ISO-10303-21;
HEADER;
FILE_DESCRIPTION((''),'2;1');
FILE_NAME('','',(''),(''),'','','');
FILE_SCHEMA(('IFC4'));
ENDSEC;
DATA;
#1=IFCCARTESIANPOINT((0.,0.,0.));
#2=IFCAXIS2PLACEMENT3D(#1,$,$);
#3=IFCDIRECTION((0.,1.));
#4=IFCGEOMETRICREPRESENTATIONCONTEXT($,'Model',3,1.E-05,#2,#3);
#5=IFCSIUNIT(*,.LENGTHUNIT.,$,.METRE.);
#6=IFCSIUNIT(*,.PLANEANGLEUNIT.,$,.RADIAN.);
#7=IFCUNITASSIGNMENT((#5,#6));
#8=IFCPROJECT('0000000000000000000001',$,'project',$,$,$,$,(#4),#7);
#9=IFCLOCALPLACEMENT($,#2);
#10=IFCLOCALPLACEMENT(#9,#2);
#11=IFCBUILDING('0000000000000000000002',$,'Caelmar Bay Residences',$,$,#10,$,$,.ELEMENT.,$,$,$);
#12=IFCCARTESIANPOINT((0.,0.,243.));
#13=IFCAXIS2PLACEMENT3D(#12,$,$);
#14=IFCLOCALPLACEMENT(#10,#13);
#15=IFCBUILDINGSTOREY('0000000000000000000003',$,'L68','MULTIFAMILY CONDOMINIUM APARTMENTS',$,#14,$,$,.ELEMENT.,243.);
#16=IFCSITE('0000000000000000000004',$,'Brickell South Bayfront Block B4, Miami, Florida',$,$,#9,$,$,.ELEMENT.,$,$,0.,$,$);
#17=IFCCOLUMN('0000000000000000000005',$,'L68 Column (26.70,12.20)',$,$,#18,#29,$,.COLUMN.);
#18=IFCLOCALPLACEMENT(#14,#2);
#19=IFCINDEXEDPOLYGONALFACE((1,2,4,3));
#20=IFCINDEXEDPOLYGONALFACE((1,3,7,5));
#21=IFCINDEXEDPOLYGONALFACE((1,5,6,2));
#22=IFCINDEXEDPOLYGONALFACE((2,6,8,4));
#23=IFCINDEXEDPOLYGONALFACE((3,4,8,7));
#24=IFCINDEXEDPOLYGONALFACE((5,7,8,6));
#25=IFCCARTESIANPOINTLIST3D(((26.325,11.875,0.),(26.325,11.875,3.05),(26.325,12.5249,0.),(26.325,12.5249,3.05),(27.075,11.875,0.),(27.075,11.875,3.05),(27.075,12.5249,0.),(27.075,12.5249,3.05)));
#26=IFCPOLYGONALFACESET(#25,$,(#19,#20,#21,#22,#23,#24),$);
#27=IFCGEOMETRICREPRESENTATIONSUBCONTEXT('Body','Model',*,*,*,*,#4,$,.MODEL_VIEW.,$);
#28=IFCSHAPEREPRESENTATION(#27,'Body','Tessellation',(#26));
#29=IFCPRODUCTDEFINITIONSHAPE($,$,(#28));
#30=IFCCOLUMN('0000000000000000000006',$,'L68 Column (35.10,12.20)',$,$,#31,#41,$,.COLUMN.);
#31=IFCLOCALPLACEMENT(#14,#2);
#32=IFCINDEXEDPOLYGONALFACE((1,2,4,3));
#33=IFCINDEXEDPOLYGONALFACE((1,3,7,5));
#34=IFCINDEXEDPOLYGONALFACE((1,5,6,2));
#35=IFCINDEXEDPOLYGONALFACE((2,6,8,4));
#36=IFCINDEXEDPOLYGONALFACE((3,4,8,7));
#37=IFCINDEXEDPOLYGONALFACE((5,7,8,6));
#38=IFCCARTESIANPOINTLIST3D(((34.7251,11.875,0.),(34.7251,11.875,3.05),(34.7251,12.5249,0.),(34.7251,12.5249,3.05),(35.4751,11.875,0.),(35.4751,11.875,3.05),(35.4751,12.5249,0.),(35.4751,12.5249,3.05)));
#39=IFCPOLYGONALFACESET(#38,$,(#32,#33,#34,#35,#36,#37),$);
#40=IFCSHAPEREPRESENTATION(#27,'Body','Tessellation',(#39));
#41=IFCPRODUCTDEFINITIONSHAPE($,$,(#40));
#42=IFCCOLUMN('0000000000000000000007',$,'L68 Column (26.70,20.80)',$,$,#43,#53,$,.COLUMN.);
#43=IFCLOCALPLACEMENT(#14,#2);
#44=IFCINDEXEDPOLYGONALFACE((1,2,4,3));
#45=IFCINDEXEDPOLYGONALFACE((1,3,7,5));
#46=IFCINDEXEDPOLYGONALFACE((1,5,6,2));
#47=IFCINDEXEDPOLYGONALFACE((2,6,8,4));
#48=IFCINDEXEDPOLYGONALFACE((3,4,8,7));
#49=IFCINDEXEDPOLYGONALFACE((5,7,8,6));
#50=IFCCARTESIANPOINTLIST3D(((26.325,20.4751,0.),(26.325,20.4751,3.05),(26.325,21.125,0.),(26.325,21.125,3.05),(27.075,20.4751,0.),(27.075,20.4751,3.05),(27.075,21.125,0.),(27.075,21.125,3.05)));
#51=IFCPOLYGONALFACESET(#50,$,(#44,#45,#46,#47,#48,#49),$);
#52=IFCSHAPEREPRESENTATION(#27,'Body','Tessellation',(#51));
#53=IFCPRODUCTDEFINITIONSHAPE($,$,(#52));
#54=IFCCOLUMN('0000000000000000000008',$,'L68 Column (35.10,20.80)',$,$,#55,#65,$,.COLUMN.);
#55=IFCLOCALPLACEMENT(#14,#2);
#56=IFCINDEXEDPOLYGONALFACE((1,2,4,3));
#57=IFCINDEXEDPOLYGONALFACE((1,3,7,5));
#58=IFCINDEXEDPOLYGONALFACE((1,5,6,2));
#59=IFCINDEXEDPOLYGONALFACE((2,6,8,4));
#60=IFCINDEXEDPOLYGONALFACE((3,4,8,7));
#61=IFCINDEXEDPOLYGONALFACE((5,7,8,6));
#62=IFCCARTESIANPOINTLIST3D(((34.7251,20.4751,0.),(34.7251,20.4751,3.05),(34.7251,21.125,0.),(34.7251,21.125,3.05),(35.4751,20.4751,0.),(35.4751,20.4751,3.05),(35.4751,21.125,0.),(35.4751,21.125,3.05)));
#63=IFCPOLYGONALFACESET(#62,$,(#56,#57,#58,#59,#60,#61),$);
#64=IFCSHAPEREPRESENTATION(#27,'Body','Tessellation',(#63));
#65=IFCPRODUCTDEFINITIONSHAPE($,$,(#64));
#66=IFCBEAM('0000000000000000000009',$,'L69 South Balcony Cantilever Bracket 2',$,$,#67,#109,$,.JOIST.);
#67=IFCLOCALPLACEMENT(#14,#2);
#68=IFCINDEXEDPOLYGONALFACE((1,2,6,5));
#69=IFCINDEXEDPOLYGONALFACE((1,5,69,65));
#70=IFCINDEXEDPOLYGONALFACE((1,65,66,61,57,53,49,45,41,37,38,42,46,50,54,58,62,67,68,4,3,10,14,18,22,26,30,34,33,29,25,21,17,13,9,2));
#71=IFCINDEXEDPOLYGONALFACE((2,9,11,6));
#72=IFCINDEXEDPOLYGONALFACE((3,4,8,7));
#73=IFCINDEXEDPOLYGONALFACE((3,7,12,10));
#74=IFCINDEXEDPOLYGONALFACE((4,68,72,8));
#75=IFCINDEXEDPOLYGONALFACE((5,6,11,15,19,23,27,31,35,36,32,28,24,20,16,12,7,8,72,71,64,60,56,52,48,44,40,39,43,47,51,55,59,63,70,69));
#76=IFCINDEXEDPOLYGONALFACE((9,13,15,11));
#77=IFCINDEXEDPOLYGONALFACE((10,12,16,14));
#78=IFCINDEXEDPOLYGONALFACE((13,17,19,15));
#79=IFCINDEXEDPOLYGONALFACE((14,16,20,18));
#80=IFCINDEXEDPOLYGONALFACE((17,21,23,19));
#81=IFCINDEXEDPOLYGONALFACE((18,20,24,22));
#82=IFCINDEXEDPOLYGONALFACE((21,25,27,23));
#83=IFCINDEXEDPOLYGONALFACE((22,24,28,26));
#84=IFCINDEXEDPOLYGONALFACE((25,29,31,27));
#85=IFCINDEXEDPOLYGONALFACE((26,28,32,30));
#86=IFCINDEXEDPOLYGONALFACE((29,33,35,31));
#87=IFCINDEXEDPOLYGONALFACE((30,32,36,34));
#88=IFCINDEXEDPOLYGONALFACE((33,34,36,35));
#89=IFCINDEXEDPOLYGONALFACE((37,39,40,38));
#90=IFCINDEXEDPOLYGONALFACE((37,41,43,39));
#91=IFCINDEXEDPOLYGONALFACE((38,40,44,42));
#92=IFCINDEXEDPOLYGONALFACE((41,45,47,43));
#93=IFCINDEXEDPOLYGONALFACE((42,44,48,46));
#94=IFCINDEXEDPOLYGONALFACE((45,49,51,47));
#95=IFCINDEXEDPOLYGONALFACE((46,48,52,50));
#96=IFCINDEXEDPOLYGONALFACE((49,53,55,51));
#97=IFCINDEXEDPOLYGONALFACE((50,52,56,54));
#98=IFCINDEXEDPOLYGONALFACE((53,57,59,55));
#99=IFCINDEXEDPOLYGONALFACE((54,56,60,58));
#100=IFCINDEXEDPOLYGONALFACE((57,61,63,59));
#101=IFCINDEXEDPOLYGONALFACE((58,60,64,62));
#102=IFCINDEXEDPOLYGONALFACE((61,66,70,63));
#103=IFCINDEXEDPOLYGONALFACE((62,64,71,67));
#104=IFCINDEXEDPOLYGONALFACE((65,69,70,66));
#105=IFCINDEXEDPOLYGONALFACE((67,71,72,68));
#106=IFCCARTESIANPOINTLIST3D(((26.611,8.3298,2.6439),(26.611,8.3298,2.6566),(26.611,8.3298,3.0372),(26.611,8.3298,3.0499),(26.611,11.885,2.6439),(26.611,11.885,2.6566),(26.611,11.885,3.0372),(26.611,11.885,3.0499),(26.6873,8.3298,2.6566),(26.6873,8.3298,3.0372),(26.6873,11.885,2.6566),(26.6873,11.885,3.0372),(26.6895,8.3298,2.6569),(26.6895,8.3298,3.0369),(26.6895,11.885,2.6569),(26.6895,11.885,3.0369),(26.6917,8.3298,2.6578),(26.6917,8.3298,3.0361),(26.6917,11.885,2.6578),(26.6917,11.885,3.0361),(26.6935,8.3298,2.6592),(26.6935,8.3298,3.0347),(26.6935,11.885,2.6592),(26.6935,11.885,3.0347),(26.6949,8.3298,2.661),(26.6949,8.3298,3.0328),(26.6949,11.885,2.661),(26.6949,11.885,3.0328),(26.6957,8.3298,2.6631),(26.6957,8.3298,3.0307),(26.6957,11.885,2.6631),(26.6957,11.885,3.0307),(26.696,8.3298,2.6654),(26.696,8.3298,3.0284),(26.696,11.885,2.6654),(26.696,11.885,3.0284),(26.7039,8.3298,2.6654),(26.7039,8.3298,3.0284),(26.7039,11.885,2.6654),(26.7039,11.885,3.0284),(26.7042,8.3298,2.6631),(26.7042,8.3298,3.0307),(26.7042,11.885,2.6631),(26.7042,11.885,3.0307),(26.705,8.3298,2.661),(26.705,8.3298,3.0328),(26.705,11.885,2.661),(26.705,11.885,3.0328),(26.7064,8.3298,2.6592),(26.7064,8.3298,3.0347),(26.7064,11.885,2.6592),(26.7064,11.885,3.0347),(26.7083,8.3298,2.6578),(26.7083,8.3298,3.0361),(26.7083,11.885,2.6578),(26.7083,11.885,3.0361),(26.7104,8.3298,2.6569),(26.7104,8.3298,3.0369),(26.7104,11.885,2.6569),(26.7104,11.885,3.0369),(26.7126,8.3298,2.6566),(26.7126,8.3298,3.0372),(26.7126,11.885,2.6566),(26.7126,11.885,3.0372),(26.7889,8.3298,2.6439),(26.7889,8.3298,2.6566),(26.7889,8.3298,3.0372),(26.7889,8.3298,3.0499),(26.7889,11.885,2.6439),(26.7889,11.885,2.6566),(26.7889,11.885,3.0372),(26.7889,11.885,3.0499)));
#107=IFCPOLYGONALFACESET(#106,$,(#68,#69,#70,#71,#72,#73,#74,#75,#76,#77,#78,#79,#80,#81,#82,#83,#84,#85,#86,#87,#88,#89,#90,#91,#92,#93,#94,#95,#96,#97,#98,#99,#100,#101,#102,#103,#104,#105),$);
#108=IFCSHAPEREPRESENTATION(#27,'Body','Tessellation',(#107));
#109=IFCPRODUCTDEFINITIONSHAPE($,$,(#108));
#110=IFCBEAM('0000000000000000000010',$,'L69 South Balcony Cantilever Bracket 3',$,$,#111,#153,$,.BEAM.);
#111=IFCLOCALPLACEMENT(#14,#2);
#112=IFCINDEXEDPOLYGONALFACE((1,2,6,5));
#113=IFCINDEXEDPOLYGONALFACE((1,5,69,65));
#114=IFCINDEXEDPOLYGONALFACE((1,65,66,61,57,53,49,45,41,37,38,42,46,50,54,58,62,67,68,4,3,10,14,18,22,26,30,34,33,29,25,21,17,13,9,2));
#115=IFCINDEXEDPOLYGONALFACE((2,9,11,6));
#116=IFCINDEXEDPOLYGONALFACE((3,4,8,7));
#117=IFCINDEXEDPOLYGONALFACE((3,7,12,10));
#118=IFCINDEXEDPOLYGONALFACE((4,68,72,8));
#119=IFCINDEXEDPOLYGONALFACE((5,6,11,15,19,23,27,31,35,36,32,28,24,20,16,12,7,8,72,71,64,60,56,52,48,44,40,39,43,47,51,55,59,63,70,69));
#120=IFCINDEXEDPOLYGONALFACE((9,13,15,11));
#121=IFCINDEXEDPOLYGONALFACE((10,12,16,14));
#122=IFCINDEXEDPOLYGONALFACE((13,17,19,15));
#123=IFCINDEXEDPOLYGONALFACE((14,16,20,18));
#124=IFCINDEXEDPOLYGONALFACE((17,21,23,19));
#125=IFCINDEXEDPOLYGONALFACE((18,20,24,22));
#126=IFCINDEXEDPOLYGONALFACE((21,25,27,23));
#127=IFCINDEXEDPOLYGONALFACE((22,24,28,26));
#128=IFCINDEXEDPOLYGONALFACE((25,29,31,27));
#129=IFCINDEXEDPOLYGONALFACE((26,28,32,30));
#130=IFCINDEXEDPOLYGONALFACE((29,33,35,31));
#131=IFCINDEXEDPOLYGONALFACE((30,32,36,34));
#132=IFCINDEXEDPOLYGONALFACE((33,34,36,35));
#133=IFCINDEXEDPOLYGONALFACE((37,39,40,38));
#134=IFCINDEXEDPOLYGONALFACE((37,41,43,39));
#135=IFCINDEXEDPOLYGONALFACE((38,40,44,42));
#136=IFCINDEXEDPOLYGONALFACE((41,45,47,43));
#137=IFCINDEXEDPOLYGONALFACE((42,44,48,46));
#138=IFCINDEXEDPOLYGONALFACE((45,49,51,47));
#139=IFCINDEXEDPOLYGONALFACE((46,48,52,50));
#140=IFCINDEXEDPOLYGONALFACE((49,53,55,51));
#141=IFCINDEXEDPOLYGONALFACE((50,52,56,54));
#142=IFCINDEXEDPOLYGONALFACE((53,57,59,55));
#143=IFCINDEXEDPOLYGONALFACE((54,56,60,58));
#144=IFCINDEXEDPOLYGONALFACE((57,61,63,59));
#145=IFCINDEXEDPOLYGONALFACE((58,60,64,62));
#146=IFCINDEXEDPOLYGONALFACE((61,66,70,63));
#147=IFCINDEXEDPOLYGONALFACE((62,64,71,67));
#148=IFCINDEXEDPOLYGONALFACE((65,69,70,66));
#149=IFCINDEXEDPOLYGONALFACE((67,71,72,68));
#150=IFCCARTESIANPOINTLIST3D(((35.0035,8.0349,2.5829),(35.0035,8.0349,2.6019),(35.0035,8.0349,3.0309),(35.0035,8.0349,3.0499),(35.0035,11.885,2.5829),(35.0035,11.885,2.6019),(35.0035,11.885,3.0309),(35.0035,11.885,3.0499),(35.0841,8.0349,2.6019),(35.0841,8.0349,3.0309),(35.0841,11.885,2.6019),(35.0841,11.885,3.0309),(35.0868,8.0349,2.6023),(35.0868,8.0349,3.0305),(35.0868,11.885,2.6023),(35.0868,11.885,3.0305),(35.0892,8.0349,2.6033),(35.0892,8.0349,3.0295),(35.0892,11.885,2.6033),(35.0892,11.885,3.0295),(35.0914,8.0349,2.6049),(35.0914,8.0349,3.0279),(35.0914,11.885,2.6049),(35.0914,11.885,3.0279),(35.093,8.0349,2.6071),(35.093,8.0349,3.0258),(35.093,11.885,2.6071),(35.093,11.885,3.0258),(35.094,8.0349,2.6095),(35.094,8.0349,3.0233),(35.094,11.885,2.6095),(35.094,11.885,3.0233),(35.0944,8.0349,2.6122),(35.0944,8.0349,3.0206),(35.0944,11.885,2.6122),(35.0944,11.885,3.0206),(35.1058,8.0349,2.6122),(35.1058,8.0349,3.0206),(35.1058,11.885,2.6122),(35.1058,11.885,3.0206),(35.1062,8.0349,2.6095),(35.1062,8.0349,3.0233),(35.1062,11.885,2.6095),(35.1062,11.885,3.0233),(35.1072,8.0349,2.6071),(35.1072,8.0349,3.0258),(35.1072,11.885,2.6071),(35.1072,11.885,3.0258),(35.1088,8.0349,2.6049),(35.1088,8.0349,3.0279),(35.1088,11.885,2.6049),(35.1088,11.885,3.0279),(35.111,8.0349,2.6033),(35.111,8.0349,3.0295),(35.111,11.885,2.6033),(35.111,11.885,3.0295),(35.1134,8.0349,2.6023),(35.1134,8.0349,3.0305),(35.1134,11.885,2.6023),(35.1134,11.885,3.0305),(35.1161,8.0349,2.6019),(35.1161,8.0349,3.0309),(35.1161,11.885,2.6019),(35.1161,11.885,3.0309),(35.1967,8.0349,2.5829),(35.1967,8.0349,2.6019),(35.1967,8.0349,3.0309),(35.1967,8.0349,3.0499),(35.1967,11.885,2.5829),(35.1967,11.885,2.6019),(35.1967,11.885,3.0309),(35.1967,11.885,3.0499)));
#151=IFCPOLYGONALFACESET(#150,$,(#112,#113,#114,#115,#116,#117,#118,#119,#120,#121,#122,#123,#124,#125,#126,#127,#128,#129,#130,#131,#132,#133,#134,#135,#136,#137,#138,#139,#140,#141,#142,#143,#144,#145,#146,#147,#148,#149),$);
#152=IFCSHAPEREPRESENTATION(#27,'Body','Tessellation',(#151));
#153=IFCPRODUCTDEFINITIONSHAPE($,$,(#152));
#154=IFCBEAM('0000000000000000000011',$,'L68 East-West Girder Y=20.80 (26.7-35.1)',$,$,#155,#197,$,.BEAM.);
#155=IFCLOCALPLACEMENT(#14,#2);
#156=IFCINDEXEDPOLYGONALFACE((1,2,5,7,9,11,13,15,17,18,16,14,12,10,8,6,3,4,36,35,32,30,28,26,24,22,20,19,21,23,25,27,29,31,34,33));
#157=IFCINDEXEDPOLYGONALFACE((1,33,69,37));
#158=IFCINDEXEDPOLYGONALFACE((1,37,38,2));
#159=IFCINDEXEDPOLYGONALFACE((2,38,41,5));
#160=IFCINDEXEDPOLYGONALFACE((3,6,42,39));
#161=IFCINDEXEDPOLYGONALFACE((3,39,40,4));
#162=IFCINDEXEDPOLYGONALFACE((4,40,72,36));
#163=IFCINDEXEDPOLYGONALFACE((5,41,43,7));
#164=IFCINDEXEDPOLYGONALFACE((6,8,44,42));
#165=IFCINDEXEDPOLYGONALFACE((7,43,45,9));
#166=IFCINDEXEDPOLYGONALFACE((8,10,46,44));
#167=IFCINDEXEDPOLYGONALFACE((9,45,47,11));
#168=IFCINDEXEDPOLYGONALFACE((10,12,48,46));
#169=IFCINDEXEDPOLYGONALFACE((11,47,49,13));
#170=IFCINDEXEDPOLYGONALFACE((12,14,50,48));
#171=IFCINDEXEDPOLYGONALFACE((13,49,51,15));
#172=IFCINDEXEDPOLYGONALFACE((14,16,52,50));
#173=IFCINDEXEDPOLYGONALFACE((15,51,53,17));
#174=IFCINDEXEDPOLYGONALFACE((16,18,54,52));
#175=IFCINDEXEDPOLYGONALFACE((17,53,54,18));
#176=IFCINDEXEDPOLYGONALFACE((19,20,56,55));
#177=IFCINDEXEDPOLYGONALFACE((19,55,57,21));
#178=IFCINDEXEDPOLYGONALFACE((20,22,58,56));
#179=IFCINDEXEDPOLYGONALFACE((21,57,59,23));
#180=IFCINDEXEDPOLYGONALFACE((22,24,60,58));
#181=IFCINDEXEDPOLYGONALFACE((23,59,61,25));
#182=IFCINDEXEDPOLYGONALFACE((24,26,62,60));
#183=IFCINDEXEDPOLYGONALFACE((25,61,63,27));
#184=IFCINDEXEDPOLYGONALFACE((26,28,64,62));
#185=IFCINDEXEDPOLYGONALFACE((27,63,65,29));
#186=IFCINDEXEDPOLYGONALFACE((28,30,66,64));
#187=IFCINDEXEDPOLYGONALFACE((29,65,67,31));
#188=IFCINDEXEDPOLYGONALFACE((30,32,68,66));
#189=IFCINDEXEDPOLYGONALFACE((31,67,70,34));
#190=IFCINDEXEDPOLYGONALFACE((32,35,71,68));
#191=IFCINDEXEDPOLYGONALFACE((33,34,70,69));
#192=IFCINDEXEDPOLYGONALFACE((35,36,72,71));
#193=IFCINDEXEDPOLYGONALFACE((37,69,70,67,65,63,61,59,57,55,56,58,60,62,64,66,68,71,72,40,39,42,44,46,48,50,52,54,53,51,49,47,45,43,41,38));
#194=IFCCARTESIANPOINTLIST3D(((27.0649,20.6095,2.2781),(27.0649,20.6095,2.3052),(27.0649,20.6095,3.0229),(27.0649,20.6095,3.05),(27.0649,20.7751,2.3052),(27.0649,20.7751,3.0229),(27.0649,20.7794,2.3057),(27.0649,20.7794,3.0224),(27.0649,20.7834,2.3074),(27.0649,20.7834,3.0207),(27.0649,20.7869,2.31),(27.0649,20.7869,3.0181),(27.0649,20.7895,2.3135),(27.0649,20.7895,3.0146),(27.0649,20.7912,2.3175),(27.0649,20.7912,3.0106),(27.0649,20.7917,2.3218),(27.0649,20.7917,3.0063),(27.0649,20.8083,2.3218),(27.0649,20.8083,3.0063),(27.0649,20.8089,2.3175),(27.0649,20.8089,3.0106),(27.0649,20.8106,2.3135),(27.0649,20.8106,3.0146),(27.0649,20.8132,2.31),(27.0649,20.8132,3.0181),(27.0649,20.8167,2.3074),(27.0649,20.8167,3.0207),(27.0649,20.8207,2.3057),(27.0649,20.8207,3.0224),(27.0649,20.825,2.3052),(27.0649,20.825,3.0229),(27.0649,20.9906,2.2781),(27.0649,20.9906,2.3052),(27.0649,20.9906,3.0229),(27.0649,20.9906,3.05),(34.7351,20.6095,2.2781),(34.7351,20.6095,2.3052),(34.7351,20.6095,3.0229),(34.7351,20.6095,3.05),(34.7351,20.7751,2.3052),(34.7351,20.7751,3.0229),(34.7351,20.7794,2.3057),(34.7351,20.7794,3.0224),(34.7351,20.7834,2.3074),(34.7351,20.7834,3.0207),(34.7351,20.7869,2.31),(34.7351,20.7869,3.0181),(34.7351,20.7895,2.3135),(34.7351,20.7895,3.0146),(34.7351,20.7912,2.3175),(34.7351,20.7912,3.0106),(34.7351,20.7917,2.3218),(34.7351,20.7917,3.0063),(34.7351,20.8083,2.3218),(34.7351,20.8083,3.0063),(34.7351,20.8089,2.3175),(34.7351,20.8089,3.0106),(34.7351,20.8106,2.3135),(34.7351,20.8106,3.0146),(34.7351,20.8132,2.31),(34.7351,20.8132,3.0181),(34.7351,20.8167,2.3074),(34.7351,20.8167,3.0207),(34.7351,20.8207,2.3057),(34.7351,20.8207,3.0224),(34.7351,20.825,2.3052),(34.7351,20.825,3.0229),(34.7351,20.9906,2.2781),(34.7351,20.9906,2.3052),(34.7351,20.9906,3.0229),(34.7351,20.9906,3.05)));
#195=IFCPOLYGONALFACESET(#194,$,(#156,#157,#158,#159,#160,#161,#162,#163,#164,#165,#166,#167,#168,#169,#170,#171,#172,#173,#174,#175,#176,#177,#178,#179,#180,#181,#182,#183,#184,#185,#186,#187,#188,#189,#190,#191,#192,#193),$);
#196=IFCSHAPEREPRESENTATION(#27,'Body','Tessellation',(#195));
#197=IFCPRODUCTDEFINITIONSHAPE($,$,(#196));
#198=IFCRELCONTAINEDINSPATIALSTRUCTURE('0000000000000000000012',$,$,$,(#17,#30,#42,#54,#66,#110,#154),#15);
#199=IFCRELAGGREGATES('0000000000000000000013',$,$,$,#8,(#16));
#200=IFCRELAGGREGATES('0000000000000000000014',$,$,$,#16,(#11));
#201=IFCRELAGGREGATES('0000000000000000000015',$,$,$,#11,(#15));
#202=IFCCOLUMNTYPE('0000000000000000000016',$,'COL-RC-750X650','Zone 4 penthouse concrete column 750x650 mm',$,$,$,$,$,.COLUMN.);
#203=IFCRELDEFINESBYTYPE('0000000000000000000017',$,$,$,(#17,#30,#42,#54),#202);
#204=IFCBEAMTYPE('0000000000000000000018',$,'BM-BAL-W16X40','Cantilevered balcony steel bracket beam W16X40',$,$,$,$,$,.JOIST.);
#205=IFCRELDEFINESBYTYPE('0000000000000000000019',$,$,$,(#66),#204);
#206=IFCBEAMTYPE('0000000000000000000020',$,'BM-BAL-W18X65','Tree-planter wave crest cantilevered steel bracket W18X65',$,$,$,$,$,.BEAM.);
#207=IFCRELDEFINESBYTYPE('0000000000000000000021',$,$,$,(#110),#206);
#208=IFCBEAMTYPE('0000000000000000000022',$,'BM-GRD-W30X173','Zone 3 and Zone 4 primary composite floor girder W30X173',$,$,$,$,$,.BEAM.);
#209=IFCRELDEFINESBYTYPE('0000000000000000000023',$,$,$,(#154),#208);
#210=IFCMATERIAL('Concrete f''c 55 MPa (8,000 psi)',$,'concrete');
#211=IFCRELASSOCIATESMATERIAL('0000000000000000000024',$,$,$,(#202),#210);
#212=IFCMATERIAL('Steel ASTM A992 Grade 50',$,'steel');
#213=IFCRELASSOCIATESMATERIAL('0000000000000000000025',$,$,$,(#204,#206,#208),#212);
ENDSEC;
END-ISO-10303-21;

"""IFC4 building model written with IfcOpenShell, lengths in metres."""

from ifc_helpers import new_model, si_unit, direction, frame, origin, origin_2d, place, context, subcontext, project, spatial, rectangle, i_section, extrude, material, material_profile, profile_set, type_object, element, save


model = new_model("IFC4")

# Units and contexts
model_context = context("Model", 3, precision=1e-05, world=origin(), true_north=direction((0.0, 1.0)))
body_context = subcontext(model_context, "Body", "Model", "MODEL_VIEW")
ifc_project = project(units=[si_unit("LENGTHUNIT", "METRE"), si_unit("PLANEANGLEUNIT", "RADIAN")], contexts=[model_context])

# Site, building, storey
site_placement = place(None, origin())
site = spatial("IfcSite", under=ifc_project, at=site_placement, Name="Brickell South Bayfront Block B4, Miami, Florida", CompositionType="ELEMENT", RefElevation=0.0)
building_placement = place(site_placement, origin())
building = spatial("IfcBuilding", under=site, at=building_placement, Name="Caelmar Bay Residences", CompositionType="ELEMENT")
storey_placement = place(building_placement, frame((0.0, 0.0, 243.0)))
storey = spatial("IfcBuildingStorey", under=building, at=storey_placement, Name="L68", Description="MULTIFAMILY CONDOMINIUM APARTMENTS", CompositionType="ELEMENT", Elevation=243.0)

# Columns
ifc_material_1 = material(Name="Concrete f'c 55 MPa (8,000 psi)", Category="concrete")
ifc_material_profile_1 = material_profile(ifc_material_1, rectangle(XDim=0.75, YDim=0.6499, at=origin_2d()), Name="RC-COL-750X650")
ifc_profile_set_1 = profile_set([ifc_material_profile_1], Name="Concrete f'c 55 MPa (8,000 psi)")
column_type = type_object("IfcColumnType", Name="COL-RC-750X650", Description="Zone 4 penthouse concrete column 750x650 mm", PredefinedType="COLUMN", material=ifc_profile_set_1)
for number, where, z_axis, x_axis, name in (
    (1, (26.7, 12.2, 0.0), (0.0, 0.0, 1.0), (1.0, 0.0, 0.0), "L68 Column (26.70,12.20)"),
    (2, (35.1001, 12.2, 0.0), (0.0, 0.0, 1.0), (1.0, 0.0, 0.0), "L68 Column (35.10,12.20)"),
    (3, (26.7, 20.8, 0.0), (0.0, 0.0, 1.0), (1.0, 0.0, 0.0), "L68 Column (26.70,20.80)"),
    (4, (35.1001, 20.8, 0.0), (0.0, 0.0, 1.0), (1.0, 0.0, 0.0), "L68 Column (35.10,20.80)"),
):
    element("IfcColumn", number, at=place(storey_placement, frame(where, z_axis=z_axis, x_axis=x_axis)), inside=storey, type_object=column_type, Name=name, PredefinedType="COLUMN", context=body_context, shape_type="SweptSolid", body=[
        extrude(rectangle(XDim=0.75, YDim=0.6499, at=origin_2d()), origin(), (0.0, 0.0, 1.0), 3.05),
    ])

# Beams
ifc_material_2 = material(Name="Steel ASTM A992 Grade 50", Category="steel")
ifc_material_profile_2 = material_profile(ifc_material_2, i_section(OverallWidth=0.178, OverallDepth=0.406, WebThickness=0.0078, FlangeThickness=0.0127, FilletRadius=0.0088, at=origin_2d()), Name="W16X40")
ifc_profile_set_2 = profile_set([ifc_material_profile_2], Name="Steel ASTM A992 Grade 50")
beam_type_1 = type_object("IfcBeamType", Name="BM-BAL-W16X40", Description="Cantilevered balcony steel bracket beam W16X40", PredefinedType="JOIST", material=ifc_profile_set_2)
beam_1_placement = place(storey_placement, frame((26.7, 11.885, 2.8469), z_axis=(0.0, -1.0, 0.0), x_axis=(1.0, 0.0, 0.0)))
element("IfcBeam", 5, at=beam_1_placement, inside=storey, type_object=beam_type_1, Name="L69 South Balcony Cantilever Bracket 2", PredefinedType="JOIST", context=body_context, shape_type="SweptSolid", body=[
    extrude(i_section(OverallWidth=0.178, OverallDepth=0.406, WebThickness=0.0078, FlangeThickness=0.0127, FilletRadius=0.0088, at=origin_2d()), origin(), (0.0, 0.0, 1.0), 3.5552),
])
ifc_material_profile_3 = material_profile(ifc_material_2, i_section(OverallWidth=0.1931, OverallDepth=0.467, WebThickness=0.0115, FlangeThickness=0.019, FilletRadius=0.0103, at=origin_2d()), Name="W18X65")
ifc_profile_set_3 = profile_set([ifc_material_profile_3], Name="Steel ASTM A992 Grade 50")
beam_type_2 = type_object("IfcBeamType", Name="BM-BAL-W18X65", Description="Tree-planter wave crest cantilevered steel bracket W18X65", PredefinedType="BEAM", material=ifc_profile_set_3)
beam_2_placement = place(storey_placement, frame((35.1001, 11.885, 2.8164), z_axis=(0.0, -1.0, 0.0), x_axis=(1.0, 0.0, 0.0)))
element("IfcBeam", 6, at=beam_2_placement, inside=storey, type_object=beam_type_2, Name="L69 South Balcony Cantilever Bracket 3", PredefinedType="BEAM", context=body_context, shape_type="SweptSolid", body=[
    extrude(i_section(OverallWidth=0.1931, OverallDepth=0.467, WebThickness=0.0115, FlangeThickness=0.019, FilletRadius=0.0103, at=origin_2d()), origin(), (0.0, 0.0, 1.0), 3.8501),
])
ifc_material_profile_4 = material_profile(ifc_material_2, i_section(OverallWidth=0.3811, OverallDepth=0.772, WebThickness=0.0166, FlangeThickness=0.0271, FilletRadius=0.0166, at=origin_2d()), Name="W30X173")
ifc_profile_set_4 = profile_set([ifc_material_profile_4], Name="Steel ASTM A992 Grade 50")
beam_type_3 = type_object("IfcBeamType", Name="BM-GRD-W30X173", Description="Zone 3 and Zone 4 primary composite floor girder W30X173", PredefinedType="BEAM", material=ifc_profile_set_4)
beam_3_placement = place(storey_placement, frame((27.0649, 20.8, 2.6641), z_axis=(1.0, 0.0, 0.0), x_axis=(0.0, 1.0, 0.0)))
element("IfcBeam", 7, at=beam_3_placement, inside=storey, type_object=beam_type_3, Name="L68 East-West Girder Y=20.80 (26.7-35.1)", PredefinedType="BEAM", context=body_context, shape_type="SweptSolid", body=[
    extrude(i_section(OverallWidth=0.3811, OverallDepth=0.772, WebThickness=0.0166, FlangeThickness=0.0271, FilletRadius=0.0166, at=origin_2d()), origin(), (0.0, 0.0, 1.0), 7.6702),
])

save(model, "model.ifc")
